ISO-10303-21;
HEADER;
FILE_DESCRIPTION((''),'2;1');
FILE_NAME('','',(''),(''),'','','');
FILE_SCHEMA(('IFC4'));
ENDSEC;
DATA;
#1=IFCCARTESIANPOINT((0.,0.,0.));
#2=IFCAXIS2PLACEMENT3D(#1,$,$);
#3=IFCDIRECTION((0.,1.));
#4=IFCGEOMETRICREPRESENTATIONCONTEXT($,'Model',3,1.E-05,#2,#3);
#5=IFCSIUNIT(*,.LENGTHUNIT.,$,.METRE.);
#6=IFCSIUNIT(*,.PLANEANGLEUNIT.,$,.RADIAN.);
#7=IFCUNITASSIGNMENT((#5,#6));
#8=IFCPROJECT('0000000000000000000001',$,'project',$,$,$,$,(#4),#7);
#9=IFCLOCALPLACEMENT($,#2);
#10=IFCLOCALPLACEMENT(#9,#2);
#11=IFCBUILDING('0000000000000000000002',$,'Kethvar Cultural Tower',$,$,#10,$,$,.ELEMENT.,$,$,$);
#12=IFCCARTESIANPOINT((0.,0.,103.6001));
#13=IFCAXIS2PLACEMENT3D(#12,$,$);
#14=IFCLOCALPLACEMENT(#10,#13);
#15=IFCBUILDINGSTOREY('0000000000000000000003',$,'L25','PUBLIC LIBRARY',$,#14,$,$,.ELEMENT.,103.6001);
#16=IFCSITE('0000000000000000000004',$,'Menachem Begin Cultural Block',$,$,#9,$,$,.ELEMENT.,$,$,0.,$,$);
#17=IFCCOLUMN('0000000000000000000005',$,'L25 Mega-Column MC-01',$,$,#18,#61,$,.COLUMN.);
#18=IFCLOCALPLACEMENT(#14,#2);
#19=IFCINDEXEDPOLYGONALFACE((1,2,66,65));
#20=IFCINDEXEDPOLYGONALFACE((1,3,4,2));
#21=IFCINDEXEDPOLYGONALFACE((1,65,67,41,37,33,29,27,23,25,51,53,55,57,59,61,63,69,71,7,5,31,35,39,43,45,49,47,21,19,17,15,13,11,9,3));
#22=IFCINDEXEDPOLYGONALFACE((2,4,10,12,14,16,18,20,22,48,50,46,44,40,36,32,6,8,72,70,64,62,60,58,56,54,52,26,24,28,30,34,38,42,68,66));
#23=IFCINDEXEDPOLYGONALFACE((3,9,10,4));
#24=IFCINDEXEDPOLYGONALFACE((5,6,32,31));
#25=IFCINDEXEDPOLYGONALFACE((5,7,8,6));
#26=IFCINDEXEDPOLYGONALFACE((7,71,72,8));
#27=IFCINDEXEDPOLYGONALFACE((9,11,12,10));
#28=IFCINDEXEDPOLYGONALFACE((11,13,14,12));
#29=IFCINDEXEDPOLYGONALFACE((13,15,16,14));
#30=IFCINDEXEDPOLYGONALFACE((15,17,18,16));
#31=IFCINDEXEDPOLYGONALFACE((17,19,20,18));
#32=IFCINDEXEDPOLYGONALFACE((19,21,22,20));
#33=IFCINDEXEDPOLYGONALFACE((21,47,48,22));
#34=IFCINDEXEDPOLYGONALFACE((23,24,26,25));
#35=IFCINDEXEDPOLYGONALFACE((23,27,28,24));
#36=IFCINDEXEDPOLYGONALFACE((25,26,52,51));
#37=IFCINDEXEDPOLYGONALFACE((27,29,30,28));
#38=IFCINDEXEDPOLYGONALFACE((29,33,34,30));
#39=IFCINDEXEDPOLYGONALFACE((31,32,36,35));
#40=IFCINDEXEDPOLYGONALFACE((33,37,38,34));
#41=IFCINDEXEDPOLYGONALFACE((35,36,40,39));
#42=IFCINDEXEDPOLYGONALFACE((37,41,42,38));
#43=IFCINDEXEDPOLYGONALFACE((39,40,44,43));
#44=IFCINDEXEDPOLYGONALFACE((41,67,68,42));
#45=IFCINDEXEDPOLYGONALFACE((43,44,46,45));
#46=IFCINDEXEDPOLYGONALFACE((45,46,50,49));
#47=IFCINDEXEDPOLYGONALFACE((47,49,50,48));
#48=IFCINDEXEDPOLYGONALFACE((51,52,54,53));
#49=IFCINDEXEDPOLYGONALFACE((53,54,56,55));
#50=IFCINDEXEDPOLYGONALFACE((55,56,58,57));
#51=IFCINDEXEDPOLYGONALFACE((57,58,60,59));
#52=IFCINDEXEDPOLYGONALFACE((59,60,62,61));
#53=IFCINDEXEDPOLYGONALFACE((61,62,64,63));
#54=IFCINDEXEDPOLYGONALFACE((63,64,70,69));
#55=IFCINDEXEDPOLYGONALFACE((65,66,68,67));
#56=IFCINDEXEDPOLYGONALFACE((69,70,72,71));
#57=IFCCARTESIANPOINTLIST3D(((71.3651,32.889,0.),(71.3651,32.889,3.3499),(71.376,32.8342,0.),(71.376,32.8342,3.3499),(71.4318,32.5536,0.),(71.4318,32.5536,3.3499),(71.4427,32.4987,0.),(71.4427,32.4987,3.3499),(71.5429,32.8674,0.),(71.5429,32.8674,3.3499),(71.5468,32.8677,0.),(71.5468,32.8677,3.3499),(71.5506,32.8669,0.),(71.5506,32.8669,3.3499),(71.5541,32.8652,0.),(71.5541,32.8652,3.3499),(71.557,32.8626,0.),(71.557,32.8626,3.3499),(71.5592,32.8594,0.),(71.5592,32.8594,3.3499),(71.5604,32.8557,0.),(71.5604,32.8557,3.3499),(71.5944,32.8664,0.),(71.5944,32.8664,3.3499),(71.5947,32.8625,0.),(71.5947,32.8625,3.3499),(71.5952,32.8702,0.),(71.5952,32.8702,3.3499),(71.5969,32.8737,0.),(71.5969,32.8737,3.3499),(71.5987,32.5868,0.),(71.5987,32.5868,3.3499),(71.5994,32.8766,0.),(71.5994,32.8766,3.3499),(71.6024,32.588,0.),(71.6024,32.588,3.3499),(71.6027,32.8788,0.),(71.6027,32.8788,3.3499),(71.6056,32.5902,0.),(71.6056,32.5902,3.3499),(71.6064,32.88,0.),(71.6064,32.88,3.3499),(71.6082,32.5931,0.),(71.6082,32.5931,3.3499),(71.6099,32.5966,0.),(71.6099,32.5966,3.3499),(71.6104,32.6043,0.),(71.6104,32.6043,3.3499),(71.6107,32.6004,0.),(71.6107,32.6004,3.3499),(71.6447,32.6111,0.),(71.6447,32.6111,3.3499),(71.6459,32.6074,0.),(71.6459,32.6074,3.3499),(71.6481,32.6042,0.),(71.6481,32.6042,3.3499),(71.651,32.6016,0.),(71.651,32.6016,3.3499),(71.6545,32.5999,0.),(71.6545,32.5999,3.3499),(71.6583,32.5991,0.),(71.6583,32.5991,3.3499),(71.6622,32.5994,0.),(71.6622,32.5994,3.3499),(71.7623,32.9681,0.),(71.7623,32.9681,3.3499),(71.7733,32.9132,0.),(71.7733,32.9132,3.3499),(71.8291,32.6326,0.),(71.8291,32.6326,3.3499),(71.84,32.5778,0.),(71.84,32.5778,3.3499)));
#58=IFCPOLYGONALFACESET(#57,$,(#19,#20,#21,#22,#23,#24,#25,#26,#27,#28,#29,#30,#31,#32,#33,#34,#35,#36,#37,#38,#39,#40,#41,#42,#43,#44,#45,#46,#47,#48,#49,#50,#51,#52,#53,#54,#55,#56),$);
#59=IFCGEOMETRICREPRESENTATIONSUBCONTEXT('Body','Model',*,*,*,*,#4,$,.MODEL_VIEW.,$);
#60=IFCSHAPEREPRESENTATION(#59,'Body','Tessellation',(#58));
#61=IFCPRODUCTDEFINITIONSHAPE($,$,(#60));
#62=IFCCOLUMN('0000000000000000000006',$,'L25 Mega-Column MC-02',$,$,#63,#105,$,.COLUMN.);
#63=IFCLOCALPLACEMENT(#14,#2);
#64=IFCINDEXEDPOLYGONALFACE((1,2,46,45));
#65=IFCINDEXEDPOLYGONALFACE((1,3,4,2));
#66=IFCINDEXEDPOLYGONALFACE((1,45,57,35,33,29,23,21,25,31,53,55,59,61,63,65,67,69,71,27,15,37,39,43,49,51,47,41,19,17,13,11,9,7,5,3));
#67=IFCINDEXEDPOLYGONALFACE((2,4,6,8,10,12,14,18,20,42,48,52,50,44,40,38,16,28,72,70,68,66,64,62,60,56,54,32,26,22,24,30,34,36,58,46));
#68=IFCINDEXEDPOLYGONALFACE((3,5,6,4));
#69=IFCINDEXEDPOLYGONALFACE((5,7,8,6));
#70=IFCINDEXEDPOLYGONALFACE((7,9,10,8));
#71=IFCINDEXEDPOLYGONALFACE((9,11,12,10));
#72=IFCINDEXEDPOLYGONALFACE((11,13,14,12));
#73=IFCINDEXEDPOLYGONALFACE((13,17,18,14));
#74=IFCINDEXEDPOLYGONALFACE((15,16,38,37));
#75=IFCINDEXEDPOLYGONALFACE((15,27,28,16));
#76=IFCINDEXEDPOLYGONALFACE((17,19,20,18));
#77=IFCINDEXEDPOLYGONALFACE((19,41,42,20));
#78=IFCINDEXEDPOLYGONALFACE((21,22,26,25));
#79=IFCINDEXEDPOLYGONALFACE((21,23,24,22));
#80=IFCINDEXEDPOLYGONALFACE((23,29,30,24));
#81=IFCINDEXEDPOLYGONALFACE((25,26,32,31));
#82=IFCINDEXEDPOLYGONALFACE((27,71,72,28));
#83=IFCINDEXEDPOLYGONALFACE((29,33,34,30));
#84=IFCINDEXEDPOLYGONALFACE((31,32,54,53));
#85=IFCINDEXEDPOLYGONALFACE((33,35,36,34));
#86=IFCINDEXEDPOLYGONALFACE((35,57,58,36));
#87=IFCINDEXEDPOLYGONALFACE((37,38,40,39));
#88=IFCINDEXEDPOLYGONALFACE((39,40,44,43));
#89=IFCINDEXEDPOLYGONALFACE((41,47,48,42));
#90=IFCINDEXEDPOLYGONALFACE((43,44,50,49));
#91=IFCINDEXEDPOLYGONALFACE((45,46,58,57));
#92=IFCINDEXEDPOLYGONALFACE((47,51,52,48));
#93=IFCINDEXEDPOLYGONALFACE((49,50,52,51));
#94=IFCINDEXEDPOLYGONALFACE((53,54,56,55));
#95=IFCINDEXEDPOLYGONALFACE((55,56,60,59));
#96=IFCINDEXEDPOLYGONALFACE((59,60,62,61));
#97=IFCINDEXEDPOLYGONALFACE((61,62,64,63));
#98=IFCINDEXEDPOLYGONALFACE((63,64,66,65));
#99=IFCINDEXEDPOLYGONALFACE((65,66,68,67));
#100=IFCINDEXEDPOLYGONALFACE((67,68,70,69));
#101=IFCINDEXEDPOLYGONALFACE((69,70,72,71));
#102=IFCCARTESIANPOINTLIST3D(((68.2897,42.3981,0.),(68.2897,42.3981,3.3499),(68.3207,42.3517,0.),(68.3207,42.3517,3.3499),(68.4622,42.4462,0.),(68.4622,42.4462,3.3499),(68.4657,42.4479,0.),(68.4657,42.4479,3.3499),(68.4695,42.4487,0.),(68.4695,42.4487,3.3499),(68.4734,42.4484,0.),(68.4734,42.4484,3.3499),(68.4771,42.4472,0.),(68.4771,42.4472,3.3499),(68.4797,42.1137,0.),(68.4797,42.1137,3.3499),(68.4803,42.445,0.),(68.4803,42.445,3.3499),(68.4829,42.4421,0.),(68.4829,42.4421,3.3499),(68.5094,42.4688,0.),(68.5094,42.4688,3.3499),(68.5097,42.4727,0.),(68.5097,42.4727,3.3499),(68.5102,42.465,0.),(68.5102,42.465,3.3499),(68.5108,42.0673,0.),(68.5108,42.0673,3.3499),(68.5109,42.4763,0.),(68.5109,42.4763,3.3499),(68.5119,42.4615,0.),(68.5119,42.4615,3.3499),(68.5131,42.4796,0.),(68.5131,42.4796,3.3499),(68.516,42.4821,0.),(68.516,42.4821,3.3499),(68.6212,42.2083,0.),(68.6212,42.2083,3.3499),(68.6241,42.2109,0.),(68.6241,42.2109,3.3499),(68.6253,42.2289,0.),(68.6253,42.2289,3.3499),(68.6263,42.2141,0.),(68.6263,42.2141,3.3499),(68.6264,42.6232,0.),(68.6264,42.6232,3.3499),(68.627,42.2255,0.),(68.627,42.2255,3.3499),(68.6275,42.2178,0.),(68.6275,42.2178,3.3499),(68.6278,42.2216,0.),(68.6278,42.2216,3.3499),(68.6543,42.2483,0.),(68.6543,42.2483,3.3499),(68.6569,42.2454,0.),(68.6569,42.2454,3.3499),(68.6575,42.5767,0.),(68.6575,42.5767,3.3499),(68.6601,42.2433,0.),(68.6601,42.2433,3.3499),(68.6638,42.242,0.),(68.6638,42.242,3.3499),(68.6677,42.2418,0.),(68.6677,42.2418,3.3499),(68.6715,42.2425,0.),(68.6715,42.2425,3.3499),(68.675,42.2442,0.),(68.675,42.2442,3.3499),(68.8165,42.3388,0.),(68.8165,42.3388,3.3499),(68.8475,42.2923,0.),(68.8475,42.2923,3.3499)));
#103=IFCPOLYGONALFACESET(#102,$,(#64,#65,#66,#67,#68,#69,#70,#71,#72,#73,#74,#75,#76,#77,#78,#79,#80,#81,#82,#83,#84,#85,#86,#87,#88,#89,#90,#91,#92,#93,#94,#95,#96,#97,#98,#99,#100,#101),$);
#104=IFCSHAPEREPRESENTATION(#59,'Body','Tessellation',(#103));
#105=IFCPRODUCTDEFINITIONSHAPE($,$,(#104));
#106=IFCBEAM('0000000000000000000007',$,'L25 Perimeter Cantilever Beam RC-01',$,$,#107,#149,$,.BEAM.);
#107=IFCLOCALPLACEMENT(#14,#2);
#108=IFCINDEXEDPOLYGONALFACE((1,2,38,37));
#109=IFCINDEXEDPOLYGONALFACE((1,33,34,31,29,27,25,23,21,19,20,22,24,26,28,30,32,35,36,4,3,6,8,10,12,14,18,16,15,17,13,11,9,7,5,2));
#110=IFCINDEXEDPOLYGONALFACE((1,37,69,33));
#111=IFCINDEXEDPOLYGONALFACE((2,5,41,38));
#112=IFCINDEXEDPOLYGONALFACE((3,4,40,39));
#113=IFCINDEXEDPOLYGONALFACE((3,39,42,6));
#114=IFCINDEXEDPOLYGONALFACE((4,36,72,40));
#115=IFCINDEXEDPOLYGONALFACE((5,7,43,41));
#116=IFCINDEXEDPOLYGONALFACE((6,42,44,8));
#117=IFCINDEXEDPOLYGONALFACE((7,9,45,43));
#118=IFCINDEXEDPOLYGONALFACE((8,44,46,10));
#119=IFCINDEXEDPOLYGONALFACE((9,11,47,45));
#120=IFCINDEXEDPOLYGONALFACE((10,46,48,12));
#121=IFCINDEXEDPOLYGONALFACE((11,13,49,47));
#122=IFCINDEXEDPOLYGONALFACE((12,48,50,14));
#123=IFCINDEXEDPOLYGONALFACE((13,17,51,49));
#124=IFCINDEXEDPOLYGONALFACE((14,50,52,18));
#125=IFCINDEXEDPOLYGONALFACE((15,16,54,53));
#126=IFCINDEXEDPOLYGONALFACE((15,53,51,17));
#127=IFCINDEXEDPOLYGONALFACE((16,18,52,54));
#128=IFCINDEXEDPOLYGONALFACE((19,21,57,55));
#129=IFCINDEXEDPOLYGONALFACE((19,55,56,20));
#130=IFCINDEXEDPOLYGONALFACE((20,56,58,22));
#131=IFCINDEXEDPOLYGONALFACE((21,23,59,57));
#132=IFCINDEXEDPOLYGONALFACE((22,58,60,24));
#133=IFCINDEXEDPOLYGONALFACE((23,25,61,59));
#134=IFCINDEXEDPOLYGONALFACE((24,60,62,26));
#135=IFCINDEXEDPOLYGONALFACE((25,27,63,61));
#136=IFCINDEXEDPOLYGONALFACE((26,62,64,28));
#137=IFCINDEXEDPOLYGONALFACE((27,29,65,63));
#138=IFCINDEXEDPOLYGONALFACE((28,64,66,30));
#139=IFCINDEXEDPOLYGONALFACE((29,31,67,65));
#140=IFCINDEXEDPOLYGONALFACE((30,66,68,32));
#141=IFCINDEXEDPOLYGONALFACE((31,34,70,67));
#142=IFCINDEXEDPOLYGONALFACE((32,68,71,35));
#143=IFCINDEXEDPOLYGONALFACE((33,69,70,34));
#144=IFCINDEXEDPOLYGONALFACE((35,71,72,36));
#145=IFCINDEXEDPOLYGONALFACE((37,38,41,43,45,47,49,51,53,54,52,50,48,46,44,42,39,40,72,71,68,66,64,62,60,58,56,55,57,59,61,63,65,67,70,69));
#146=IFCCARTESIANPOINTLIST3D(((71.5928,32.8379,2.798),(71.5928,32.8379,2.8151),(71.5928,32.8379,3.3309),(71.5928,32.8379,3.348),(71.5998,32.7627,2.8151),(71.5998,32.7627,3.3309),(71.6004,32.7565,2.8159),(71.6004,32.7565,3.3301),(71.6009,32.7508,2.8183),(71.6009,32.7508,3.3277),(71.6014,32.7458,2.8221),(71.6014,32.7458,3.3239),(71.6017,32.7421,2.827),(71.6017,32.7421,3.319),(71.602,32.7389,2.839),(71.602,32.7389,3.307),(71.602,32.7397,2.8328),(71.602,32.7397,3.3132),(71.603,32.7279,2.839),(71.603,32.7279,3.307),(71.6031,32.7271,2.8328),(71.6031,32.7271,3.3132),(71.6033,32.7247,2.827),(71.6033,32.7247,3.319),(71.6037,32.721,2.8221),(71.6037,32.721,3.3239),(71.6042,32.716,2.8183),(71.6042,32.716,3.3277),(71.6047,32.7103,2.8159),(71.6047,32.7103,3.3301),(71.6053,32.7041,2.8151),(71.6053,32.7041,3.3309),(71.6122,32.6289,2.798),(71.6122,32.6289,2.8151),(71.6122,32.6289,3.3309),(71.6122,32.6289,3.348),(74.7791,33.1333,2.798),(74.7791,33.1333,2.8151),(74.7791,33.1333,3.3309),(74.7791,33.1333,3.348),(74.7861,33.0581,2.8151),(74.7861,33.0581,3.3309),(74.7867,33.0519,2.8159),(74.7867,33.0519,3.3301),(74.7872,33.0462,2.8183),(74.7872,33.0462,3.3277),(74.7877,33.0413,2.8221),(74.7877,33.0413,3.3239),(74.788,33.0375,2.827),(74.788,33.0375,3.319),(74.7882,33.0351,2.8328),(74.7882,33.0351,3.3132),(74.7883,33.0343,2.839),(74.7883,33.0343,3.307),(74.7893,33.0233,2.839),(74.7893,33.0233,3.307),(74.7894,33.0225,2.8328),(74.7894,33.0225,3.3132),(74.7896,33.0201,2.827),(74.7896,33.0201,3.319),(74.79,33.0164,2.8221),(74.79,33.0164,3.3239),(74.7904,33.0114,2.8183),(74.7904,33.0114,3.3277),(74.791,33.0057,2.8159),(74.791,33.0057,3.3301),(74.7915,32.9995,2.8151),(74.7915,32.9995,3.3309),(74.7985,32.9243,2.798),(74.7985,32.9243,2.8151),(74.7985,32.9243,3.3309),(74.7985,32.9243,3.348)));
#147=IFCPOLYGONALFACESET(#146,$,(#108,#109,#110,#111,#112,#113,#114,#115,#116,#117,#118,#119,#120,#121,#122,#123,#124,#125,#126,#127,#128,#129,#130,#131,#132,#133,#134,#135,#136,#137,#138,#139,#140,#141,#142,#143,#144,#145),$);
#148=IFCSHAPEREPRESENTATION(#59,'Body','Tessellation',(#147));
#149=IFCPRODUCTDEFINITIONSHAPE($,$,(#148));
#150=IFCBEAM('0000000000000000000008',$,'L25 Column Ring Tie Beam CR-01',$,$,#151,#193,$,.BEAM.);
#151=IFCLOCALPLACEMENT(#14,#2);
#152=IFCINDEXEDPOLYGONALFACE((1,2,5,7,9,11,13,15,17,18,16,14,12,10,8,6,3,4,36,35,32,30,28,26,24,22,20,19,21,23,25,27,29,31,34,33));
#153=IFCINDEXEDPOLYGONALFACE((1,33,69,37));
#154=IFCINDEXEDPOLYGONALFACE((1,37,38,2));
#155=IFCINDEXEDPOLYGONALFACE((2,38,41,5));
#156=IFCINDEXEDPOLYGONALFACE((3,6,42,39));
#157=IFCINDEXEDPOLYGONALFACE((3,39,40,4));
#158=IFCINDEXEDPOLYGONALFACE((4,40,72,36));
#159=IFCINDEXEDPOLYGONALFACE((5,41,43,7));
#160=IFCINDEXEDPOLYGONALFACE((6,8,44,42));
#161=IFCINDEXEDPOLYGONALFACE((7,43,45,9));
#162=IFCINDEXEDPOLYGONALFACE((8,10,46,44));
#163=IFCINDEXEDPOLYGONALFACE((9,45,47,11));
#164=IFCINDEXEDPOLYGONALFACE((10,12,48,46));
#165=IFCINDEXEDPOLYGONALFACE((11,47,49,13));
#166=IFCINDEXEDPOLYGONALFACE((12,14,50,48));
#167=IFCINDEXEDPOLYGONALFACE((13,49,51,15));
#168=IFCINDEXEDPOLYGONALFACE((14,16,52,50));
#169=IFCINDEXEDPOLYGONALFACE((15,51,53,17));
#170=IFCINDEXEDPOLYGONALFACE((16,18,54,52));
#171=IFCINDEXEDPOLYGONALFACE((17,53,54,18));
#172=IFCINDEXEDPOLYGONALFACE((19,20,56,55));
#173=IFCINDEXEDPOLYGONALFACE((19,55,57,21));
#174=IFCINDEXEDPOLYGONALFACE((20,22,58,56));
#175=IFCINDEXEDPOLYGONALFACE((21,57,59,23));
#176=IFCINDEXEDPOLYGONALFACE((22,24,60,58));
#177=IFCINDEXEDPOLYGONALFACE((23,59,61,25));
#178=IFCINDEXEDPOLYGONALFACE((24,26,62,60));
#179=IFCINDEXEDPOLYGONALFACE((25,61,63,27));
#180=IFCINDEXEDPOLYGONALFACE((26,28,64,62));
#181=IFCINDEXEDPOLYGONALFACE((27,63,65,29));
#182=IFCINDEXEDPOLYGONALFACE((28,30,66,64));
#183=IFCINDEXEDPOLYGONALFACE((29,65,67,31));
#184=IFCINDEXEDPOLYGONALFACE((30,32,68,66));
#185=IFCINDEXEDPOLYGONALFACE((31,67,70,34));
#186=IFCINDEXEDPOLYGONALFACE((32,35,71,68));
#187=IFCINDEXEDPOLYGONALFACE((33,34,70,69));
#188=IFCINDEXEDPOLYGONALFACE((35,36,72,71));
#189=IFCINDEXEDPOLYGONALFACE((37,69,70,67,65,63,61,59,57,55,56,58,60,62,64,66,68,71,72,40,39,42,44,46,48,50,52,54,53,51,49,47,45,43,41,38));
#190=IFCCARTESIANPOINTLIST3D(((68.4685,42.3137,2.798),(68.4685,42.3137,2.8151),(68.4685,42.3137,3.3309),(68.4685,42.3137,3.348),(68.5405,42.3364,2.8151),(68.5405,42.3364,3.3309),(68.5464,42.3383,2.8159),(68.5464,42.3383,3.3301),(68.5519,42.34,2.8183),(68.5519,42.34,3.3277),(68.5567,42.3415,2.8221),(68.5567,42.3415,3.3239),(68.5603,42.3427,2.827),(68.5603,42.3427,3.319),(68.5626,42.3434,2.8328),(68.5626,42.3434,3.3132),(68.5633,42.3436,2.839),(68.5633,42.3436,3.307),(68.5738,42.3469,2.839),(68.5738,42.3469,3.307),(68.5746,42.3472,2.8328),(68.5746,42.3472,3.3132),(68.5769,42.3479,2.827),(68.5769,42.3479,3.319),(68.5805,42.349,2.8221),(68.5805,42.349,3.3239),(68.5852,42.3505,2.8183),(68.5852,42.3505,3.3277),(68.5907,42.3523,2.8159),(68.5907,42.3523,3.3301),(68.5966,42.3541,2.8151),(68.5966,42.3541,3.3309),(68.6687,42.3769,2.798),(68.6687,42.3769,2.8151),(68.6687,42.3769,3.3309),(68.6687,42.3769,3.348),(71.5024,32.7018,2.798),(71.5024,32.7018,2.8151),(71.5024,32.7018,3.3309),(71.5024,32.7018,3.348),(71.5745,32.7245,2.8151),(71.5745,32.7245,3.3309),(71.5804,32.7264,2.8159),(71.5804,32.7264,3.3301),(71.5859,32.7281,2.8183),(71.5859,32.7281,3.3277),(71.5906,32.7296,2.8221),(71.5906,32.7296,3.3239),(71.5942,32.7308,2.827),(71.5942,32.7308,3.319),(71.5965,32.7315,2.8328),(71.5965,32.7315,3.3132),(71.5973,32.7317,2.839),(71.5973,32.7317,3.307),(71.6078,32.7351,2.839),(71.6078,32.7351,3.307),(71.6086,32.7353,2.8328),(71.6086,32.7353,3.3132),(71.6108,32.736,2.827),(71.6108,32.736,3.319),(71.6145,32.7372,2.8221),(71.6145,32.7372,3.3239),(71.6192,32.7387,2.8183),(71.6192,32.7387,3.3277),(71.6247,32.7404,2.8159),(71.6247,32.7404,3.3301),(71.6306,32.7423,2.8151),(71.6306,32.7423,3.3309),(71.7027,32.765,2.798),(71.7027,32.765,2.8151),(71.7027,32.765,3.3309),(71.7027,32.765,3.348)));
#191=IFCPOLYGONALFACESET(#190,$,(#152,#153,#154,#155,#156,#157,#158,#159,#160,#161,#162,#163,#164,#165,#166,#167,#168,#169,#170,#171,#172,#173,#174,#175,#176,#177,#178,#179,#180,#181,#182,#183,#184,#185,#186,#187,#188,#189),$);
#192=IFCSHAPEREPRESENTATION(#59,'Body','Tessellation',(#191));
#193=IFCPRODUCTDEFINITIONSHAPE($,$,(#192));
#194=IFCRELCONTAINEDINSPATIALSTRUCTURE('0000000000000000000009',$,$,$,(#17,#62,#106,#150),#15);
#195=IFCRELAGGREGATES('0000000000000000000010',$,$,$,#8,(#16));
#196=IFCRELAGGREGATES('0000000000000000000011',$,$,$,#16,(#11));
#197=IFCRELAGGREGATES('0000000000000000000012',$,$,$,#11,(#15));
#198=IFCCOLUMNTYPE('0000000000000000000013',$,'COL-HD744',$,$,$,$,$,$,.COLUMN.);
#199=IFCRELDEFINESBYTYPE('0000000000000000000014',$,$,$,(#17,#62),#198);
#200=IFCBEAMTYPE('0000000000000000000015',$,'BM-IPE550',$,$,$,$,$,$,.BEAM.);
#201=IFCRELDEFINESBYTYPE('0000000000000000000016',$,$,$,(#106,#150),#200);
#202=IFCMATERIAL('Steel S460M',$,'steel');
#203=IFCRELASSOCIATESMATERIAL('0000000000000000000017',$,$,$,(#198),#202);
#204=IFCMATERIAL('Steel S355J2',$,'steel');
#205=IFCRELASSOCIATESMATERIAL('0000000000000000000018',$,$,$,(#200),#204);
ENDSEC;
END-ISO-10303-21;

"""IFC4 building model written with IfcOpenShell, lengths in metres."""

from ifc_helpers import new_model, si_unit, direction, frame, origin, origin_2d, place, context, subcontext, project, spatial, i_section, extrude, source, transform, mapped, material, material_profile, profile_set, type_object, element, save


model = new_model("IFC4")

# Units and contexts
model_context = context("Model", 3, precision=1e-05, world=origin(), true_north=direction((0.0, 1.0)))
body_context = subcontext(model_context, "Body", "Model", "MODEL_VIEW")
ifc_project = project(units=[si_unit("LENGTHUNIT", "METRE"), si_unit("PLANEANGLEUNIT", "RADIAN")], contexts=[model_context])

# Site, building, storey
site_placement = place(None, origin())
site = spatial("IfcSite", under=ifc_project, at=site_placement, Name="Menachem Begin Cultural Block", CompositionType="ELEMENT", RefElevation=0.0)
building_placement = place(site_placement, origin())
building = spatial("IfcBuilding", under=site, at=building_placement, Name="Kethvar Cultural Tower", CompositionType="ELEMENT")
storey_placement = place(building_placement, frame((0.0, 0.0, 103.6001)))
storey = spatial("IfcBuildingStorey", under=building, at=storey_placement, Name="L25", Description="PUBLIC LIBRARY", CompositionType="ELEMENT", Elevation=103.6001)

# Columns
ifc_material_1 = material(Name="Steel S460M", Category="steel")
ifc_material_profile_1 = material_profile(ifc_material_1, i_section(OverallWidth=0.405, OverallDepth=0.3979, WebThickness=0.0349, FlangeThickness=0.0559, FilletRadius=0.0149, at=origin_2d()), Name="Steel S460M — HD400x744")
ifc_profile_set_1 = profile_set([ifc_material_profile_1], Name="Steel S460M — HD400x744")
column_type = type_object("IfcColumnType", Name="COL-HD744", PredefinedType="COLUMN", material=ifc_profile_set_1)
shared_shape_1 = source(origin(), body_context, "Body", "SweptSolid", [
    extrude(i_section(OverallWidth=0.405, OverallDepth=0.3979, WebThickness=0.0349, FlangeThickness=0.0559, FilletRadius=0.0149, at=origin_2d()), origin(), (0.0, 0.0, 1.0), 3.3499),
])
for number, where, z_axis, x_axis, name in (
    (1, (71.6025, 32.7334, 0.0), (0.0, 0.0, 1.0), (0.980785, 0.19509, 0.0), "L25 Mega-Column MC-01"),
    (2, (68.5686, 42.3452, 0.0), (0.0, 0.0, 1.0), (0.83147, 0.55557, 0.0), "L25 Mega-Column MC-02"),
):
    element("IfcColumn", number, at=place(storey_placement, frame(where, z_axis=z_axis, x_axis=x_axis)), inside=storey, type_object=column_type, Name=name, PredefinedType="COLUMN", context=body_context, shape_type="MappedRepresentation", body=[
        mapped(shared_shape_1, transform((0.0, 0.0, 0.0), scale=1.0)),
    ])

# Beams
ifc_material_2 = material(Name="Steel S355J2", Category="steel")
ifc_material_profile_2 = material_profile(ifc_material_2, i_section(OverallWidth=0.21, OverallDepth=0.55, WebThickness=0.011, FlangeThickness=0.0171, FilletRadius=0.0239, at=origin_2d()), Name="Steel S355J2 — IPE550")
ifc_profile_set_2 = profile_set([ifc_material_profile_2], Name="Steel S355J2 — IPE550")
beam_type_1 = type_object("IfcBeamType", Name="BM-IPE550", PredefinedType="BEAM", material=ifc_profile_set_2)
shared_shape_2 = source(origin(), body_context, "Body", "SweptSolid", [
    extrude(i_section(OverallWidth=0.21, OverallDepth=0.55, WebThickness=0.011, FlangeThickness=0.0171, FilletRadius=0.0239, at=origin_2d()), origin(), (0.0, 0.0, 1.0), 3.2),
])
beam_1_placement = place(storey_placement, frame((71.6025, 32.7334, 3.073), z_axis=(0.99573, 0.092317, 0.0), x_axis=(-0.092317, 0.99573, 0.0)))
element("IfcBeam", 3, at=beam_1_placement, inside=storey, type_object=beam_type_1, Name="L25 Perimeter Cantilever Beam RC-01", PredefinedType="BEAM", context=body_context, shape_type="MappedRepresentation", body=[
    mapped(shared_shape_2, transform((0.0, 0.0, 0.0), scale=1.0)),
])
shared_shape_3 = source(origin(), body_context, "Body", "SweptSolid", [
    extrude(i_section(OverallWidth=0.21, OverallDepth=0.55, WebThickness=0.011, FlangeThickness=0.0171, FilletRadius=0.0239, at=origin_2d()), origin(), (0.0, 0.0, 1.0), 10.0793),
])
beam_2_placement = place(storey_placement, frame((71.6025, 32.7334, 3.073), z_axis=(-0.301007, 0.953622, 0.0), x_axis=(-0.953622, -0.301007, 0.0)))
element("IfcBeam", 4, at=beam_2_placement, inside=storey, type_object=beam_type_1, Name="L25 Column Ring Tie Beam CR-01", PredefinedType="BEAM", context=body_context, shape_type="MappedRepresentation", body=[
    mapped(shared_shape_3, transform((0.0, 0.0, 0.0), scale=1.0)),
])

save(model, "model.ifc")
